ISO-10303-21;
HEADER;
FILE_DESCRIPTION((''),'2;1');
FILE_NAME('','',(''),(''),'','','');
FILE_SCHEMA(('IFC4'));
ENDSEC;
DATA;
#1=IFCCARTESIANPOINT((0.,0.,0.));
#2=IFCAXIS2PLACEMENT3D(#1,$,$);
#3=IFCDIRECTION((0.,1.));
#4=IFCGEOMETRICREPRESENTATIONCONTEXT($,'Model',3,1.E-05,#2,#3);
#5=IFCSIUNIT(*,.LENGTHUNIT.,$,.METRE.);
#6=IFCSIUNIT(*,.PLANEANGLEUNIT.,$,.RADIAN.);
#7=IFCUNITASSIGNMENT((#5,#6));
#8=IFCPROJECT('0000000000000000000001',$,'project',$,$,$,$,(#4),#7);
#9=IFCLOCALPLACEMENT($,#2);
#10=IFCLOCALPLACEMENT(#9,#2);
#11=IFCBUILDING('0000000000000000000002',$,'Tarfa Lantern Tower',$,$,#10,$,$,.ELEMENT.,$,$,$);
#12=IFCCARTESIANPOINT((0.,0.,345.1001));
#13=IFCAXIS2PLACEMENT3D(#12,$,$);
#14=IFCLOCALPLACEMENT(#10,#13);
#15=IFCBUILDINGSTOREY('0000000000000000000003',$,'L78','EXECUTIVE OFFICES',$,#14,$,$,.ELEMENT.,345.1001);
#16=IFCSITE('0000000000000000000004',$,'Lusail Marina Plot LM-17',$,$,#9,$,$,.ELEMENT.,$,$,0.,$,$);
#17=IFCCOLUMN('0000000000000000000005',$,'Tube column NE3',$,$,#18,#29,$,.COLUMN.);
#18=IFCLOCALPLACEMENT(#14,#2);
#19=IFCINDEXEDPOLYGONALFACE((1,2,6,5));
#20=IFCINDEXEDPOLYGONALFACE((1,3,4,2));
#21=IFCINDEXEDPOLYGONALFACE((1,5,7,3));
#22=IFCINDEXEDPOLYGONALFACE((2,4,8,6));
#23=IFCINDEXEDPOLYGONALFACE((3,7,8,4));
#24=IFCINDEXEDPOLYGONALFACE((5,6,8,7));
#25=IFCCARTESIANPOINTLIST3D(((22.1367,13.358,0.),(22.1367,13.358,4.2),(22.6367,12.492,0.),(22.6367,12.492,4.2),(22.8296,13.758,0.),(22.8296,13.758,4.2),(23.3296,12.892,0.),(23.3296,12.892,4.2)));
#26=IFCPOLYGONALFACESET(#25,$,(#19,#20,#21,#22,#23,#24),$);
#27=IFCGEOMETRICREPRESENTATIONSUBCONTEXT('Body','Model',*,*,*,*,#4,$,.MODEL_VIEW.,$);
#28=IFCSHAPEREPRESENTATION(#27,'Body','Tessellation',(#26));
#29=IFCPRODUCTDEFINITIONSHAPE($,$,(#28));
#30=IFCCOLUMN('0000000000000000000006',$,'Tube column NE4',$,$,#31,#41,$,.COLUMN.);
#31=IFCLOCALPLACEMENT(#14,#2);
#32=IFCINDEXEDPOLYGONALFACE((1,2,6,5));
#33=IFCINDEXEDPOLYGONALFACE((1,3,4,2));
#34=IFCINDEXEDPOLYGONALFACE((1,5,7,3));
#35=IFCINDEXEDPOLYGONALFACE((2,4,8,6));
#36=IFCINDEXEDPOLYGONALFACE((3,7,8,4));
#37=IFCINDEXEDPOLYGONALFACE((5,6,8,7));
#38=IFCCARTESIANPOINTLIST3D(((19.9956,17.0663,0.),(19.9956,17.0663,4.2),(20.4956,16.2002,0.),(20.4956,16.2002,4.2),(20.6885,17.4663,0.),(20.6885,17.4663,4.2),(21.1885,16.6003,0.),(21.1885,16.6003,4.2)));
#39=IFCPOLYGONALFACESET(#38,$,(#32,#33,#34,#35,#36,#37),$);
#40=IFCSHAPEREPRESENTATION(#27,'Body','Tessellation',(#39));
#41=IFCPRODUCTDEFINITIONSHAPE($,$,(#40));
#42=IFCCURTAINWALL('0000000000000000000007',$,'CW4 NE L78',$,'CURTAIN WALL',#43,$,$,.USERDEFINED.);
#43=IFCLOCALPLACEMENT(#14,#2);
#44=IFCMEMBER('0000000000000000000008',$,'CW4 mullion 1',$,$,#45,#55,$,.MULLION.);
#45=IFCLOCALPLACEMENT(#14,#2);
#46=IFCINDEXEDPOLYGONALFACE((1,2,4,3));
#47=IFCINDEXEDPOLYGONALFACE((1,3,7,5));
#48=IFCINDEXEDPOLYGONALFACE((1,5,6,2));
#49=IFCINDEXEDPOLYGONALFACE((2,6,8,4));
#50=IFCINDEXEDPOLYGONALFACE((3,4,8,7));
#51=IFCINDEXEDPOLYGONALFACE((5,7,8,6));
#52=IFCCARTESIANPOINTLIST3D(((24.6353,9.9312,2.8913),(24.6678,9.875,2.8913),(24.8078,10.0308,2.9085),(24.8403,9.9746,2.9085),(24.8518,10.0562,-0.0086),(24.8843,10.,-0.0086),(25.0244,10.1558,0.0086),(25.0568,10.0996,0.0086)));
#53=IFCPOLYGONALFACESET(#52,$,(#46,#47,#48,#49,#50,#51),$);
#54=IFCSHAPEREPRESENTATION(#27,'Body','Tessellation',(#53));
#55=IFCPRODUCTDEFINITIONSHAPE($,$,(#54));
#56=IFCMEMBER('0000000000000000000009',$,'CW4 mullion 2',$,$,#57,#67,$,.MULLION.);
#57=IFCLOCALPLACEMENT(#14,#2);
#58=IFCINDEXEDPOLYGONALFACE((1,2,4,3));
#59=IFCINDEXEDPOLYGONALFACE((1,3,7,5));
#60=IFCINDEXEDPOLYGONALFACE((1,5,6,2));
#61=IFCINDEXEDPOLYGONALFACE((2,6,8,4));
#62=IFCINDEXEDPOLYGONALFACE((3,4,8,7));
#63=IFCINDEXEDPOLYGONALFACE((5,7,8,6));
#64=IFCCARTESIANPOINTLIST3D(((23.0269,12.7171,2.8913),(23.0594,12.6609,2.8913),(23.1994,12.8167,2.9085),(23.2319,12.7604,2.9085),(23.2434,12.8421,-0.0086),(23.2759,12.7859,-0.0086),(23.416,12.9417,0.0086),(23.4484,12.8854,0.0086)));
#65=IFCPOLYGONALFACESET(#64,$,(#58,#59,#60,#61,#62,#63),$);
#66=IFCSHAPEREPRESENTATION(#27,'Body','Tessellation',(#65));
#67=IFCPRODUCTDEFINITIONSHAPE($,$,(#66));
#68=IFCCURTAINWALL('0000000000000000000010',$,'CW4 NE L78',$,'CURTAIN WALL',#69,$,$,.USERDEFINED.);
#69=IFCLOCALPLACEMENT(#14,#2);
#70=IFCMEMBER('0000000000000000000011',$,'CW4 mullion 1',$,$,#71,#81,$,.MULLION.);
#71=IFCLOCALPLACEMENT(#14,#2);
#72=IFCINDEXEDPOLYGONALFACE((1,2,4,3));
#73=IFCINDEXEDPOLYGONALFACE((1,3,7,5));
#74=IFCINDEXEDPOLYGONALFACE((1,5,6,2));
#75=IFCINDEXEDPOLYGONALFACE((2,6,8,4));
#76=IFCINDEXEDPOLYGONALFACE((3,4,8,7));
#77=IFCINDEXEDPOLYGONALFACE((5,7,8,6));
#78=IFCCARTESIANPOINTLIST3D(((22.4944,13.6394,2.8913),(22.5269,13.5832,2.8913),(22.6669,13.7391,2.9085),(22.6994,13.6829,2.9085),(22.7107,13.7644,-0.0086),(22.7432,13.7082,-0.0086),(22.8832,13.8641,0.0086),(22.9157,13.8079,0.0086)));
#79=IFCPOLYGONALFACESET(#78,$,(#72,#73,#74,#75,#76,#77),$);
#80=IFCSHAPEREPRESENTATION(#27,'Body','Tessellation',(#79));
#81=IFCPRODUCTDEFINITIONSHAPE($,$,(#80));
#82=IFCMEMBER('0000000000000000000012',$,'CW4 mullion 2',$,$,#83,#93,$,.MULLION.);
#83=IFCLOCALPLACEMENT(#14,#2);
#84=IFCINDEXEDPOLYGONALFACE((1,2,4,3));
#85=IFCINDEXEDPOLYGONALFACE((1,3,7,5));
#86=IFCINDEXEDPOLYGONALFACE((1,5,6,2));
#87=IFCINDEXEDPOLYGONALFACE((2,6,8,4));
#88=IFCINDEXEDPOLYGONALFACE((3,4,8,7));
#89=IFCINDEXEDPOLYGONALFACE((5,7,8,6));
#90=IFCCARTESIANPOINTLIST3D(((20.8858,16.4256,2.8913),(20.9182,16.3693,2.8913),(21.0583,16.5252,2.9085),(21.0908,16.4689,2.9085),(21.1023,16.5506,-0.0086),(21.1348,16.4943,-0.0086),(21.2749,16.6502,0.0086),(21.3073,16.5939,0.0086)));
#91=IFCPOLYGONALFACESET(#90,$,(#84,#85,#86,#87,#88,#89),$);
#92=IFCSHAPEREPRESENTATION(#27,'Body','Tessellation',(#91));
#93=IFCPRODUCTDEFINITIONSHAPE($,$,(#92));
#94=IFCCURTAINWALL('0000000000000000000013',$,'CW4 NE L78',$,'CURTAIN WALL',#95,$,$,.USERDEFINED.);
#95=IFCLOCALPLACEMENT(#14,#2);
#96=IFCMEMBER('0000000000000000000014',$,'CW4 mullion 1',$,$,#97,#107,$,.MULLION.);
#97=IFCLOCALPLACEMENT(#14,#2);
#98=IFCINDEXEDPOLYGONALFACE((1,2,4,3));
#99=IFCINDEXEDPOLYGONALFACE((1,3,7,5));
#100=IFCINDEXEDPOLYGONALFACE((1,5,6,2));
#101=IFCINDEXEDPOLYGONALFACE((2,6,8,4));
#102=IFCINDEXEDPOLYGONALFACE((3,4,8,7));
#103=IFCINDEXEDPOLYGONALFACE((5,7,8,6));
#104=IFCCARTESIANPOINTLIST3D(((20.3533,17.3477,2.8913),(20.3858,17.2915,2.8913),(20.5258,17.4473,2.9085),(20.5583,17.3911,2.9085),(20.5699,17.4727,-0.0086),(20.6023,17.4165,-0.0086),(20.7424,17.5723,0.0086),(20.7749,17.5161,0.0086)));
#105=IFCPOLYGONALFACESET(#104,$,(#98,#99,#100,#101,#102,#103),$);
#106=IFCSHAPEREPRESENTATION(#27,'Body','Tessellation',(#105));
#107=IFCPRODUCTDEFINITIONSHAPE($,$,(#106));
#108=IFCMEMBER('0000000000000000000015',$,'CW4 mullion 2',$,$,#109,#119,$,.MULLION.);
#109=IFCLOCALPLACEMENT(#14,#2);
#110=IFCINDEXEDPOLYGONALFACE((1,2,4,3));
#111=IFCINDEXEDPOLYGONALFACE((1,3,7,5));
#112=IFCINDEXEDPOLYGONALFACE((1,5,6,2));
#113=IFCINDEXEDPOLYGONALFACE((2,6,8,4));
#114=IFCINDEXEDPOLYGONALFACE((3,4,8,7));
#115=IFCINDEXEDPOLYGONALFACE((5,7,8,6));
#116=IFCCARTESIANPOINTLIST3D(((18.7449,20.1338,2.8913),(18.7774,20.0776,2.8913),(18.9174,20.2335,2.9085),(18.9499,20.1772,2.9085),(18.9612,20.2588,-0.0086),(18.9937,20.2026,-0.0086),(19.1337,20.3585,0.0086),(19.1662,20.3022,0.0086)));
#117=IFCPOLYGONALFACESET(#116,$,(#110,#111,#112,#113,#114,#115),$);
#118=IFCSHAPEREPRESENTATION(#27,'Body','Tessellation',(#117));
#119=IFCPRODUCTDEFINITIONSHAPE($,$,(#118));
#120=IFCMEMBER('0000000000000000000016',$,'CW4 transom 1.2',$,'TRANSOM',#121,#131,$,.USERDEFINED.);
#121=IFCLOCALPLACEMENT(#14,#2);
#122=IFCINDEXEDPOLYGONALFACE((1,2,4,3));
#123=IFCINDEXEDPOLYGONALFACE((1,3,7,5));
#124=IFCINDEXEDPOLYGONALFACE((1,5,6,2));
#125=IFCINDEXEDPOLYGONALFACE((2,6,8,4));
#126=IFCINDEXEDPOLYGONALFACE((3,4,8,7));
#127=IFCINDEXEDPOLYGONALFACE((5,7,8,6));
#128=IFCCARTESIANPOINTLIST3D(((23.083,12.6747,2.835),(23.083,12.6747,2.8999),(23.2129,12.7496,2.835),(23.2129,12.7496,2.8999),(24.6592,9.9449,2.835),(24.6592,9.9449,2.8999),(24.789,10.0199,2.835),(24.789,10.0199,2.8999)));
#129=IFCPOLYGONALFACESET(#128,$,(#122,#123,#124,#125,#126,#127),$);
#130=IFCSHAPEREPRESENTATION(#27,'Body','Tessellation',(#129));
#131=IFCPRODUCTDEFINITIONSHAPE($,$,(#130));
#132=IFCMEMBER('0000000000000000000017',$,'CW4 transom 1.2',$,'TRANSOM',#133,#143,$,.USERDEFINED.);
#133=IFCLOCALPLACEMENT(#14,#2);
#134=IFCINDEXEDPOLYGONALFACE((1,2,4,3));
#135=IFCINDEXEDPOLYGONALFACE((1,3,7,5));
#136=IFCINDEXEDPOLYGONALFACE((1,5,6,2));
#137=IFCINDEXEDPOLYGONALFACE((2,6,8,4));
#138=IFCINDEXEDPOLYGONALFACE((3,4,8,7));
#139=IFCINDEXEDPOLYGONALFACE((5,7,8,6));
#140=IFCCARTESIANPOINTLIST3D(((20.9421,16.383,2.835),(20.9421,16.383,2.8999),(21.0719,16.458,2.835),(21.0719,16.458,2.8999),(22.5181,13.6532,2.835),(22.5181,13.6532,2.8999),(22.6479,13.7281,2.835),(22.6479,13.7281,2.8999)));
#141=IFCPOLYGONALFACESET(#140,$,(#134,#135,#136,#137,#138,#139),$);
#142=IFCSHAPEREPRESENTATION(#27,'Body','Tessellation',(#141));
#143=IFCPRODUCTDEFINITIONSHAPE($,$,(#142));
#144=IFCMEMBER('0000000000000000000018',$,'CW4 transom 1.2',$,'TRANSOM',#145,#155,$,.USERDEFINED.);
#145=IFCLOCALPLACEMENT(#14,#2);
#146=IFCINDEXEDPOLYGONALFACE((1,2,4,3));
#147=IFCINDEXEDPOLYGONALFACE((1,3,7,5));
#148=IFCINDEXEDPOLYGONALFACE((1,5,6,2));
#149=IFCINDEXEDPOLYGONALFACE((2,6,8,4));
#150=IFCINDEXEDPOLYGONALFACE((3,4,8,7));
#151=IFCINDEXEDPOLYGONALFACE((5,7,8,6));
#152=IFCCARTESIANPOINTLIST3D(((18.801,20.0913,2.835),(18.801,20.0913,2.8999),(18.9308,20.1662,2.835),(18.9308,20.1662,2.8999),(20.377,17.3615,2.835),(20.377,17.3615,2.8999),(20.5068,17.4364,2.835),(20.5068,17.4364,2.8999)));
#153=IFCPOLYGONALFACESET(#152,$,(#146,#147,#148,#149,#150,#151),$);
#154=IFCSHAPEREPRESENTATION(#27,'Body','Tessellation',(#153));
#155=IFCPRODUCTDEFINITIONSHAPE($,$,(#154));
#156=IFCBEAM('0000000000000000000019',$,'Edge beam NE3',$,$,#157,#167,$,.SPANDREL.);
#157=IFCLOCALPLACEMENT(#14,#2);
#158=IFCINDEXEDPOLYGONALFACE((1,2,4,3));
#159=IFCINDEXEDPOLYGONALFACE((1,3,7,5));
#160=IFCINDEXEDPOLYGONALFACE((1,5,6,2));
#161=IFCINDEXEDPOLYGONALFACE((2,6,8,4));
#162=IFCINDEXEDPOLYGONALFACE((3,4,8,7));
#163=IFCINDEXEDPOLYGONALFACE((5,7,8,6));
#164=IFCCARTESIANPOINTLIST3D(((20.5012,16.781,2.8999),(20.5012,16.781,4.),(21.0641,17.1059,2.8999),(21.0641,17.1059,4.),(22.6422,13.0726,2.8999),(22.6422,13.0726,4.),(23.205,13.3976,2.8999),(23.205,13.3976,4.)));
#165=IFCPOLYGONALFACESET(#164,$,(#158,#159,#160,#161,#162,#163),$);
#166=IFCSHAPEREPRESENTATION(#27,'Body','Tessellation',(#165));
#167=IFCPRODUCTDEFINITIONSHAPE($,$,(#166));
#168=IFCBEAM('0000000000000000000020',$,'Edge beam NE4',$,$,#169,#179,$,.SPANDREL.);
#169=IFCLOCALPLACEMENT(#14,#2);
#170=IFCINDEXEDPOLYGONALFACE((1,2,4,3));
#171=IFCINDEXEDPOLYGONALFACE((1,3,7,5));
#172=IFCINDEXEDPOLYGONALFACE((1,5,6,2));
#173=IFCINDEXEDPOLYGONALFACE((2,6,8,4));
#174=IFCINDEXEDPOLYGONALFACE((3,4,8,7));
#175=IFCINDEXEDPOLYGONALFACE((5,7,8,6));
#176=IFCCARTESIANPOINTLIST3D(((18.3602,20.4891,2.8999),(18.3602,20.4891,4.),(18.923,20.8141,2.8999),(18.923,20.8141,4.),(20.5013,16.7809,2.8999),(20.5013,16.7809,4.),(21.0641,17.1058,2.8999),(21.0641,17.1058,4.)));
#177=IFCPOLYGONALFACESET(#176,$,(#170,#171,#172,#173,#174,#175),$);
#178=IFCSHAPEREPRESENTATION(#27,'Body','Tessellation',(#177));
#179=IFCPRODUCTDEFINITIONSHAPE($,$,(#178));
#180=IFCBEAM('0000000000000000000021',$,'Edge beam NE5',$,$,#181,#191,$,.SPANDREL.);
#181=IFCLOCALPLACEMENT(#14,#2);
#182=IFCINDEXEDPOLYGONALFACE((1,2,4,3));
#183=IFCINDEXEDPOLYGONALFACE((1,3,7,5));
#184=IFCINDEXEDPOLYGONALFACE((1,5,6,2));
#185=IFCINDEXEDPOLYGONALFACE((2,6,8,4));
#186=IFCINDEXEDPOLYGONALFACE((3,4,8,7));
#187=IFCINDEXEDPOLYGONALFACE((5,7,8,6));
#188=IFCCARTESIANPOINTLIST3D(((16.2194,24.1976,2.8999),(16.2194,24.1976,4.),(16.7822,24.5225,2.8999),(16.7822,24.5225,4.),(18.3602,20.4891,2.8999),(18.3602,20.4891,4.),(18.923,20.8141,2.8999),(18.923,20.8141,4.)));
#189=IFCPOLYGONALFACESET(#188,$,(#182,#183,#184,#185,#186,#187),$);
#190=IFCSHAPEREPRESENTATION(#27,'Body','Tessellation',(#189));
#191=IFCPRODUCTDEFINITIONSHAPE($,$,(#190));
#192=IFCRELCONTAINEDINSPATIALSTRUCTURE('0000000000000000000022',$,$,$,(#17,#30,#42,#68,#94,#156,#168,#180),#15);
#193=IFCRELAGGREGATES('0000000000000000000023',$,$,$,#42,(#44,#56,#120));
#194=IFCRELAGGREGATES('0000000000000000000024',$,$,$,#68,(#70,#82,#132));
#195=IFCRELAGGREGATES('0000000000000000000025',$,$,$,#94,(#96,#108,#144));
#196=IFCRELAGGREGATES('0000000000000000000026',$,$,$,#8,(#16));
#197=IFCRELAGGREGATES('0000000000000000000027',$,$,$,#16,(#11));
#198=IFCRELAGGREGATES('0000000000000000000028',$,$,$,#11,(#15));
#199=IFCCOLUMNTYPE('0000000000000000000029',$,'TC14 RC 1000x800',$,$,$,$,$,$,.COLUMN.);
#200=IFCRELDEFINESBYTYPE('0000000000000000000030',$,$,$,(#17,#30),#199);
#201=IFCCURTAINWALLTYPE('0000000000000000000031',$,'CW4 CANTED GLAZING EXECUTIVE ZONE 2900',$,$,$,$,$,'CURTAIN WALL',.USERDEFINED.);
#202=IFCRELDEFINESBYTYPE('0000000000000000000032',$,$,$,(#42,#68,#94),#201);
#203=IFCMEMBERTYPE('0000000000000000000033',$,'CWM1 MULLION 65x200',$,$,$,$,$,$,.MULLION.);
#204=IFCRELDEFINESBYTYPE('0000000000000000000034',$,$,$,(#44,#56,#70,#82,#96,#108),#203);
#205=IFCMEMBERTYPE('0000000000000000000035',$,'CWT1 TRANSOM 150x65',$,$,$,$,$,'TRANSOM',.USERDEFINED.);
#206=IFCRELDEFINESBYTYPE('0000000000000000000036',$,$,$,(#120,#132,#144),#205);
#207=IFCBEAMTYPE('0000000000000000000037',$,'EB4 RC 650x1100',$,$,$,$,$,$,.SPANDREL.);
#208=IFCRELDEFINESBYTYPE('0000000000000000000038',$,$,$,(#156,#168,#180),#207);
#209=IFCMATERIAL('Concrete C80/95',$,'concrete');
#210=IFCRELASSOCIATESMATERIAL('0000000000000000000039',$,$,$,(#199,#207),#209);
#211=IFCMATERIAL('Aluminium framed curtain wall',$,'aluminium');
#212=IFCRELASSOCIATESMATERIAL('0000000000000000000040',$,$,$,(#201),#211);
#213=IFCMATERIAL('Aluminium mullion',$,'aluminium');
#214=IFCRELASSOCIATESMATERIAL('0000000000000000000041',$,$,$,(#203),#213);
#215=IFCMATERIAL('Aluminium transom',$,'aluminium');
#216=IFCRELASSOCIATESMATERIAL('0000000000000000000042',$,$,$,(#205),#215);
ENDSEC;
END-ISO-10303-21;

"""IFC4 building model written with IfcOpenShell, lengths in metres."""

from ifc_helpers import new_model, si_unit, direction, frame, origin, origin_2d, place, context, subcontext, project, spatial, rectangle, extrude, material, material_profile, profile_set, type_object, element, aggregate, save


model = new_model("IFC4")

# Units and contexts
model_context = context("Model", 3, precision=1e-05, world=origin(), true_north=direction((0.0, 1.0)))
body_context = subcontext(model_context, "Body", "Model", "MODEL_VIEW")
ifc_project = project(units=[si_unit("LENGTHUNIT", "METRE"), si_unit("PLANEANGLEUNIT", "RADIAN")], contexts=[model_context])

# Site, building, storey
site_placement = place(None, origin())
site = spatial("IfcSite", under=ifc_project, at=site_placement, Name="Lusail Marina Plot LM-17", CompositionType="ELEMENT", RefElevation=0.0)
building_placement = place(site_placement, origin())
building = spatial("IfcBuilding", under=site, at=building_placement, Name="Tarfa Lantern Tower", CompositionType="ELEMENT")
storey_placement = place(building_placement, frame((0.0, 0.0, 345.1001)))
storey = spatial("IfcBuildingStorey", under=building, at=storey_placement, Name="L78", Description="EXECUTIVE OFFICES", CompositionType="ELEMENT", Elevation=345.1001)

# Columns
ifc_material_1 = material(Name="Concrete C80/95", Category="concrete")
ifc_material_profile_1 = material_profile(ifc_material_1, rectangle(XDim=1.0, YDim=0.8, at=origin_2d()), Name="RC 1000x800")
ifc_profile_set_1 = profile_set([ifc_material_profile_1], Name="Concrete C80/95")
column_type = type_object("IfcColumnType", Name="TC14 RC 1000x800", PredefinedType="COLUMN", material=ifc_profile_set_1)
for number, where, z_axis, x_axis, name in (
    (1, (22.7332, 13.125, 0.0), (0.0, 0.0, 1.0), (-0.5, 0.866025, 0.0), "Tube column NE3"),
    (2, (20.592, 16.8333, 0.0), (0.0, 0.0, 1.0), (-0.5, 0.866025, 0.0), "Tube column NE4"),
):
    element("IfcColumn", number, at=place(storey_placement, frame(where, z_axis=z_axis, x_axis=x_axis)), inside=storey, type_object=column_type, Name=name, PredefinedType="COLUMN", context=body_context, shape_type="SweptSolid", body=[
        extrude(rectangle(XDim=1.0, YDim=0.8, at=origin_2d()), origin(), (0.0, 0.0, 1.0), 4.2),
    ])

# Curtain walls, members
ifc_material_2 = material(Name="Aluminium framed curtain wall", Category="aluminium")
curtain_wall_type = type_object("IfcCurtainWallType", Name="CW4 CANTED GLAZING EXECUTIVE ZONE 2900", ElementType="CURTAIN WALL", PredefinedType="USERDEFINED", material=ifc_material_2)
curtain_wall_1_placement = place(storey_placement, origin())
curtain_wall_1 = element("IfcCurtainWall", 3, at=curtain_wall_1_placement, inside=storey, type_object=curtain_wall_type, Name="CW4 NE L78", ObjectType="CURTAIN WALL", PredefinedType="USERDEFINED")
ifc_material_3 = material(Name="Aluminium mullion", Category="aluminium")
ifc_material_profile_2 = material_profile(ifc_material_3, rectangle(XDim=0.0649, YDim=0.2, at=origin_2d()), Name="AL MULLION 65x200")
ifc_profile_set_2 = profile_set([ifc_material_profile_2], Name="Aluminium mullion")
member_type_1 = type_object("IfcMemberType", Name="CWM1 MULLION 65x200", PredefinedType="MULLION", material=ifc_profile_set_2)
member_1_placement = place(storey_placement, frame((24.9543, 10.0779, 0.0), z_axis=(-0.0744, -0.042946, 0.996303), x_axis=(0.49992, -0.866072, 0.0)))
member_1 = element("IfcMember", 4, at=member_1_placement, type_object=member_type_1, Name="CW4 mullion 1", PredefinedType="MULLION", context=body_context, shape_type="SweptSolid", body=[
    extrude(rectangle(XDim=0.0649, YDim=0.2, at=origin_2d()), origin(), (0.0, 0.0, 1.0), 2.9106),
])
member_2_placement = place(storey_placement, frame((23.3459, 12.8638, 0.0), z_axis=(-0.0744, -0.042946, 0.996303), x_axis=(0.49992, -0.866072, 0.0)))
member_2 = element("IfcMember", 5, at=member_2_placement, type_object=member_type_1, Name="CW4 mullion 2", PredefinedType="MULLION", context=body_context, shape_type="SweptSolid", body=[
    extrude(rectangle(XDim=0.0649, YDim=0.2, at=origin_2d()), origin(), (0.0, 0.0, 1.0), 2.9106),
])
curtain_wall_2_placement = place(storey_placement, origin())
curtain_wall_2 = element("IfcCurtainWall", 6, at=curtain_wall_2_placement, inside=storey, type_object=curtain_wall_type, Name="CW4 NE L78", ObjectType="CURTAIN WALL", PredefinedType="USERDEFINED")
member_3_placement = place(storey_placement, frame((22.8132, 13.7861, 0.0), z_axis=(-0.074316, -0.042946, 0.99631), x_axis=(0.500343, -0.865827, 0.0)))
member_3 = element("IfcMember", 7, at=member_3_placement, type_object=member_type_1, Name="CW4 mullion 1", PredefinedType="MULLION", context=body_context, shape_type="SweptSolid", body=[
    extrude(rectangle(XDim=0.0649, YDim=0.2, at=origin_2d()), origin(), (0.0, 0.0, 1.0), 2.9106),
])
member_4_placement = place(storey_placement, frame((21.2048, 16.5723, 0.0), z_axis=(-0.0744, -0.042946, 0.996303), x_axis=(0.49992, -0.866072, 0.0)))
member_4 = element("IfcMember", 8, at=member_4_placement, type_object=member_type_1, Name="CW4 mullion 2", PredefinedType="MULLION", context=body_context, shape_type="SweptSolid", body=[
    extrude(rectangle(XDim=0.0649, YDim=0.2, at=origin_2d()), origin(), (0.0, 0.0, 1.0), 2.9106),
])
curtain_wall_3_placement = place(storey_placement, origin())
curtain_wall_3 = element("IfcCurtainWall", 9, at=curtain_wall_3_placement, inside=storey, type_object=curtain_wall_type, Name="CW4 NE L78", ObjectType="CURTAIN WALL", PredefinedType="USERDEFINED")
member_5_placement = place(storey_placement, frame((20.6724, 17.4944, 0.0), z_axis=(-0.0744, -0.042946, 0.996303), x_axis=(0.49992, -0.866072, 0.0)))
member_5 = element("IfcMember", 10, at=member_5_placement, type_object=member_type_1, Name="CW4 mullion 1", PredefinedType="MULLION", context=body_context, shape_type="SweptSolid", body=[
    extrude(rectangle(XDim=0.0649, YDim=0.2, at=origin_2d()), origin(), (0.0, 0.0, 1.0), 2.9106),
])
member_6_placement = place(storey_placement, frame((19.0637, 20.2805, 0.0), z_axis=(-0.074316, -0.042946, 0.99631), x_axis=(0.500343, -0.865827, 0.0)))
member_6 = element("IfcMember", 11, at=member_6_placement, type_object=member_type_1, Name="CW4 mullion 2", PredefinedType="MULLION", context=body_context, shape_type="SweptSolid", body=[
    extrude(rectangle(XDim=0.0649, YDim=0.2, at=origin_2d()), origin(), (0.0, 0.0, 1.0), 2.9106),
])

# Members
ifc_material_4 = material(Name="Aluminium transom", Category="aluminium")
ifc_material_profile_3 = material_profile(ifc_material_4, rectangle(XDim=0.1499, YDim=0.0649, at=origin_2d()), Name="AL TRANSOM 150x65")
ifc_profile_set_3 = profile_set([ifc_material_profile_3], Name="Aluminium transom")
member_type_2 = type_object("IfcMemberType", Name="CWT1 TRANSOM 150x65", ElementType="TRANSOM", PredefinedType="USERDEFINED", material=ifc_profile_set_3)
member_7_placement = place(storey_placement, frame((24.7241, 9.9824, 2.8674), z_axis=(-0.500038, 0.866004, 0.0), x_axis=(-0.866004, -0.500038, 0.0)))
member_7 = element("IfcMember", 12, at=member_7_placement, type_object=member_type_2, Name="CW4 transom 1.2", ObjectType="TRANSOM", PredefinedType="USERDEFINED", context=body_context, shape_type="SweptSolid", body=[
    extrude(rectangle(XDim=0.1499, YDim=0.0649, at=origin_2d()), origin(), (0.0, 0.0, 1.0), 3.1521),
])
member_8_placement = place(storey_placement, frame((22.583, 13.6907, 2.8674), z_axis=(-0.499979, 0.866037, 0.0), x_axis=(-0.866037, -0.499979, 0.0)))
member_8 = element("IfcMember", 13, at=member_8_placement, type_object=member_type_2, Name="CW4 transom 1.2", ObjectType="TRANSOM", PredefinedType="USERDEFINED", context=body_context, shape_type="SweptSolid", body=[
    extrude(rectangle(XDim=0.1499, YDim=0.0649, at=origin_2d()), origin(), (0.0, 0.0, 1.0), 3.1521),
])
member_9_placement = place(storey_placement, frame((20.4419, 17.3989, 2.8674), z_axis=(-0.499979, 0.866037, 0.0), x_axis=(-0.866037, -0.499979, 0.0)))
member_9 = element("IfcMember", 14, at=member_9_placement, type_object=member_type_2, Name="CW4 transom 1.2", ObjectType="TRANSOM", PredefinedType="USERDEFINED", context=body_context, shape_type="SweptSolid", body=[
    extrude(rectangle(XDim=0.1499, YDim=0.0649, at=origin_2d()), origin(), (0.0, 0.0, 1.0), 3.1521),
])

# Beams
ifc_material_profile_4 = material_profile(ifc_material_1, rectangle(XDim=0.6499, YDim=1.1001, at=origin_2d()), Name="RC 650x1100")
ifc_profile_set_4 = profile_set([ifc_material_profile_4], Name="Concrete C80/95")
beam_type_1 = type_object("IfcBeamType", Name="EB4 RC 650x1100", PredefinedType="SPANDREL", material=ifc_profile_set_4)
for number, where, z_axis, x_axis, name in (
    (15, (22.9236, 13.2351, 3.45), (-0.499984, 0.866035, 0.0), (-0.866035, -0.499984, 0.0), "Edge beam NE3"),
    (16, (20.7827, 16.9434, 3.45), (-0.500027, 0.86601, 0.0), (-0.86601, -0.500027, 0.0), "Edge beam NE4"),
    (17, (18.6416, 20.6516, 3.45), (-0.499959, 0.866049, 0.0), (-0.866049, -0.499959, 0.0), "Edge beam NE5"),
):
    element("IfcBeam", number, at=place(storey_placement, frame(where, z_axis=z_axis, x_axis=x_axis)), inside=storey, type_object=beam_type_1, Name=name, PredefinedType="SPANDREL", context=body_context, shape_type="SweptSolid", body=[
        extrude(rectangle(XDim=0.6499, YDim=1.1001, at=origin_2d()), origin(), (0.0, 0.0, 1.0), 4.282),
    ])

aggregate(curtain_wall_1, [member_1, member_2, member_7])
aggregate(curtain_wall_2, [member_3, member_4, member_8])
aggregate(curtain_wall_3, [member_5, member_6, member_9])

save(model, "model.ifc")
